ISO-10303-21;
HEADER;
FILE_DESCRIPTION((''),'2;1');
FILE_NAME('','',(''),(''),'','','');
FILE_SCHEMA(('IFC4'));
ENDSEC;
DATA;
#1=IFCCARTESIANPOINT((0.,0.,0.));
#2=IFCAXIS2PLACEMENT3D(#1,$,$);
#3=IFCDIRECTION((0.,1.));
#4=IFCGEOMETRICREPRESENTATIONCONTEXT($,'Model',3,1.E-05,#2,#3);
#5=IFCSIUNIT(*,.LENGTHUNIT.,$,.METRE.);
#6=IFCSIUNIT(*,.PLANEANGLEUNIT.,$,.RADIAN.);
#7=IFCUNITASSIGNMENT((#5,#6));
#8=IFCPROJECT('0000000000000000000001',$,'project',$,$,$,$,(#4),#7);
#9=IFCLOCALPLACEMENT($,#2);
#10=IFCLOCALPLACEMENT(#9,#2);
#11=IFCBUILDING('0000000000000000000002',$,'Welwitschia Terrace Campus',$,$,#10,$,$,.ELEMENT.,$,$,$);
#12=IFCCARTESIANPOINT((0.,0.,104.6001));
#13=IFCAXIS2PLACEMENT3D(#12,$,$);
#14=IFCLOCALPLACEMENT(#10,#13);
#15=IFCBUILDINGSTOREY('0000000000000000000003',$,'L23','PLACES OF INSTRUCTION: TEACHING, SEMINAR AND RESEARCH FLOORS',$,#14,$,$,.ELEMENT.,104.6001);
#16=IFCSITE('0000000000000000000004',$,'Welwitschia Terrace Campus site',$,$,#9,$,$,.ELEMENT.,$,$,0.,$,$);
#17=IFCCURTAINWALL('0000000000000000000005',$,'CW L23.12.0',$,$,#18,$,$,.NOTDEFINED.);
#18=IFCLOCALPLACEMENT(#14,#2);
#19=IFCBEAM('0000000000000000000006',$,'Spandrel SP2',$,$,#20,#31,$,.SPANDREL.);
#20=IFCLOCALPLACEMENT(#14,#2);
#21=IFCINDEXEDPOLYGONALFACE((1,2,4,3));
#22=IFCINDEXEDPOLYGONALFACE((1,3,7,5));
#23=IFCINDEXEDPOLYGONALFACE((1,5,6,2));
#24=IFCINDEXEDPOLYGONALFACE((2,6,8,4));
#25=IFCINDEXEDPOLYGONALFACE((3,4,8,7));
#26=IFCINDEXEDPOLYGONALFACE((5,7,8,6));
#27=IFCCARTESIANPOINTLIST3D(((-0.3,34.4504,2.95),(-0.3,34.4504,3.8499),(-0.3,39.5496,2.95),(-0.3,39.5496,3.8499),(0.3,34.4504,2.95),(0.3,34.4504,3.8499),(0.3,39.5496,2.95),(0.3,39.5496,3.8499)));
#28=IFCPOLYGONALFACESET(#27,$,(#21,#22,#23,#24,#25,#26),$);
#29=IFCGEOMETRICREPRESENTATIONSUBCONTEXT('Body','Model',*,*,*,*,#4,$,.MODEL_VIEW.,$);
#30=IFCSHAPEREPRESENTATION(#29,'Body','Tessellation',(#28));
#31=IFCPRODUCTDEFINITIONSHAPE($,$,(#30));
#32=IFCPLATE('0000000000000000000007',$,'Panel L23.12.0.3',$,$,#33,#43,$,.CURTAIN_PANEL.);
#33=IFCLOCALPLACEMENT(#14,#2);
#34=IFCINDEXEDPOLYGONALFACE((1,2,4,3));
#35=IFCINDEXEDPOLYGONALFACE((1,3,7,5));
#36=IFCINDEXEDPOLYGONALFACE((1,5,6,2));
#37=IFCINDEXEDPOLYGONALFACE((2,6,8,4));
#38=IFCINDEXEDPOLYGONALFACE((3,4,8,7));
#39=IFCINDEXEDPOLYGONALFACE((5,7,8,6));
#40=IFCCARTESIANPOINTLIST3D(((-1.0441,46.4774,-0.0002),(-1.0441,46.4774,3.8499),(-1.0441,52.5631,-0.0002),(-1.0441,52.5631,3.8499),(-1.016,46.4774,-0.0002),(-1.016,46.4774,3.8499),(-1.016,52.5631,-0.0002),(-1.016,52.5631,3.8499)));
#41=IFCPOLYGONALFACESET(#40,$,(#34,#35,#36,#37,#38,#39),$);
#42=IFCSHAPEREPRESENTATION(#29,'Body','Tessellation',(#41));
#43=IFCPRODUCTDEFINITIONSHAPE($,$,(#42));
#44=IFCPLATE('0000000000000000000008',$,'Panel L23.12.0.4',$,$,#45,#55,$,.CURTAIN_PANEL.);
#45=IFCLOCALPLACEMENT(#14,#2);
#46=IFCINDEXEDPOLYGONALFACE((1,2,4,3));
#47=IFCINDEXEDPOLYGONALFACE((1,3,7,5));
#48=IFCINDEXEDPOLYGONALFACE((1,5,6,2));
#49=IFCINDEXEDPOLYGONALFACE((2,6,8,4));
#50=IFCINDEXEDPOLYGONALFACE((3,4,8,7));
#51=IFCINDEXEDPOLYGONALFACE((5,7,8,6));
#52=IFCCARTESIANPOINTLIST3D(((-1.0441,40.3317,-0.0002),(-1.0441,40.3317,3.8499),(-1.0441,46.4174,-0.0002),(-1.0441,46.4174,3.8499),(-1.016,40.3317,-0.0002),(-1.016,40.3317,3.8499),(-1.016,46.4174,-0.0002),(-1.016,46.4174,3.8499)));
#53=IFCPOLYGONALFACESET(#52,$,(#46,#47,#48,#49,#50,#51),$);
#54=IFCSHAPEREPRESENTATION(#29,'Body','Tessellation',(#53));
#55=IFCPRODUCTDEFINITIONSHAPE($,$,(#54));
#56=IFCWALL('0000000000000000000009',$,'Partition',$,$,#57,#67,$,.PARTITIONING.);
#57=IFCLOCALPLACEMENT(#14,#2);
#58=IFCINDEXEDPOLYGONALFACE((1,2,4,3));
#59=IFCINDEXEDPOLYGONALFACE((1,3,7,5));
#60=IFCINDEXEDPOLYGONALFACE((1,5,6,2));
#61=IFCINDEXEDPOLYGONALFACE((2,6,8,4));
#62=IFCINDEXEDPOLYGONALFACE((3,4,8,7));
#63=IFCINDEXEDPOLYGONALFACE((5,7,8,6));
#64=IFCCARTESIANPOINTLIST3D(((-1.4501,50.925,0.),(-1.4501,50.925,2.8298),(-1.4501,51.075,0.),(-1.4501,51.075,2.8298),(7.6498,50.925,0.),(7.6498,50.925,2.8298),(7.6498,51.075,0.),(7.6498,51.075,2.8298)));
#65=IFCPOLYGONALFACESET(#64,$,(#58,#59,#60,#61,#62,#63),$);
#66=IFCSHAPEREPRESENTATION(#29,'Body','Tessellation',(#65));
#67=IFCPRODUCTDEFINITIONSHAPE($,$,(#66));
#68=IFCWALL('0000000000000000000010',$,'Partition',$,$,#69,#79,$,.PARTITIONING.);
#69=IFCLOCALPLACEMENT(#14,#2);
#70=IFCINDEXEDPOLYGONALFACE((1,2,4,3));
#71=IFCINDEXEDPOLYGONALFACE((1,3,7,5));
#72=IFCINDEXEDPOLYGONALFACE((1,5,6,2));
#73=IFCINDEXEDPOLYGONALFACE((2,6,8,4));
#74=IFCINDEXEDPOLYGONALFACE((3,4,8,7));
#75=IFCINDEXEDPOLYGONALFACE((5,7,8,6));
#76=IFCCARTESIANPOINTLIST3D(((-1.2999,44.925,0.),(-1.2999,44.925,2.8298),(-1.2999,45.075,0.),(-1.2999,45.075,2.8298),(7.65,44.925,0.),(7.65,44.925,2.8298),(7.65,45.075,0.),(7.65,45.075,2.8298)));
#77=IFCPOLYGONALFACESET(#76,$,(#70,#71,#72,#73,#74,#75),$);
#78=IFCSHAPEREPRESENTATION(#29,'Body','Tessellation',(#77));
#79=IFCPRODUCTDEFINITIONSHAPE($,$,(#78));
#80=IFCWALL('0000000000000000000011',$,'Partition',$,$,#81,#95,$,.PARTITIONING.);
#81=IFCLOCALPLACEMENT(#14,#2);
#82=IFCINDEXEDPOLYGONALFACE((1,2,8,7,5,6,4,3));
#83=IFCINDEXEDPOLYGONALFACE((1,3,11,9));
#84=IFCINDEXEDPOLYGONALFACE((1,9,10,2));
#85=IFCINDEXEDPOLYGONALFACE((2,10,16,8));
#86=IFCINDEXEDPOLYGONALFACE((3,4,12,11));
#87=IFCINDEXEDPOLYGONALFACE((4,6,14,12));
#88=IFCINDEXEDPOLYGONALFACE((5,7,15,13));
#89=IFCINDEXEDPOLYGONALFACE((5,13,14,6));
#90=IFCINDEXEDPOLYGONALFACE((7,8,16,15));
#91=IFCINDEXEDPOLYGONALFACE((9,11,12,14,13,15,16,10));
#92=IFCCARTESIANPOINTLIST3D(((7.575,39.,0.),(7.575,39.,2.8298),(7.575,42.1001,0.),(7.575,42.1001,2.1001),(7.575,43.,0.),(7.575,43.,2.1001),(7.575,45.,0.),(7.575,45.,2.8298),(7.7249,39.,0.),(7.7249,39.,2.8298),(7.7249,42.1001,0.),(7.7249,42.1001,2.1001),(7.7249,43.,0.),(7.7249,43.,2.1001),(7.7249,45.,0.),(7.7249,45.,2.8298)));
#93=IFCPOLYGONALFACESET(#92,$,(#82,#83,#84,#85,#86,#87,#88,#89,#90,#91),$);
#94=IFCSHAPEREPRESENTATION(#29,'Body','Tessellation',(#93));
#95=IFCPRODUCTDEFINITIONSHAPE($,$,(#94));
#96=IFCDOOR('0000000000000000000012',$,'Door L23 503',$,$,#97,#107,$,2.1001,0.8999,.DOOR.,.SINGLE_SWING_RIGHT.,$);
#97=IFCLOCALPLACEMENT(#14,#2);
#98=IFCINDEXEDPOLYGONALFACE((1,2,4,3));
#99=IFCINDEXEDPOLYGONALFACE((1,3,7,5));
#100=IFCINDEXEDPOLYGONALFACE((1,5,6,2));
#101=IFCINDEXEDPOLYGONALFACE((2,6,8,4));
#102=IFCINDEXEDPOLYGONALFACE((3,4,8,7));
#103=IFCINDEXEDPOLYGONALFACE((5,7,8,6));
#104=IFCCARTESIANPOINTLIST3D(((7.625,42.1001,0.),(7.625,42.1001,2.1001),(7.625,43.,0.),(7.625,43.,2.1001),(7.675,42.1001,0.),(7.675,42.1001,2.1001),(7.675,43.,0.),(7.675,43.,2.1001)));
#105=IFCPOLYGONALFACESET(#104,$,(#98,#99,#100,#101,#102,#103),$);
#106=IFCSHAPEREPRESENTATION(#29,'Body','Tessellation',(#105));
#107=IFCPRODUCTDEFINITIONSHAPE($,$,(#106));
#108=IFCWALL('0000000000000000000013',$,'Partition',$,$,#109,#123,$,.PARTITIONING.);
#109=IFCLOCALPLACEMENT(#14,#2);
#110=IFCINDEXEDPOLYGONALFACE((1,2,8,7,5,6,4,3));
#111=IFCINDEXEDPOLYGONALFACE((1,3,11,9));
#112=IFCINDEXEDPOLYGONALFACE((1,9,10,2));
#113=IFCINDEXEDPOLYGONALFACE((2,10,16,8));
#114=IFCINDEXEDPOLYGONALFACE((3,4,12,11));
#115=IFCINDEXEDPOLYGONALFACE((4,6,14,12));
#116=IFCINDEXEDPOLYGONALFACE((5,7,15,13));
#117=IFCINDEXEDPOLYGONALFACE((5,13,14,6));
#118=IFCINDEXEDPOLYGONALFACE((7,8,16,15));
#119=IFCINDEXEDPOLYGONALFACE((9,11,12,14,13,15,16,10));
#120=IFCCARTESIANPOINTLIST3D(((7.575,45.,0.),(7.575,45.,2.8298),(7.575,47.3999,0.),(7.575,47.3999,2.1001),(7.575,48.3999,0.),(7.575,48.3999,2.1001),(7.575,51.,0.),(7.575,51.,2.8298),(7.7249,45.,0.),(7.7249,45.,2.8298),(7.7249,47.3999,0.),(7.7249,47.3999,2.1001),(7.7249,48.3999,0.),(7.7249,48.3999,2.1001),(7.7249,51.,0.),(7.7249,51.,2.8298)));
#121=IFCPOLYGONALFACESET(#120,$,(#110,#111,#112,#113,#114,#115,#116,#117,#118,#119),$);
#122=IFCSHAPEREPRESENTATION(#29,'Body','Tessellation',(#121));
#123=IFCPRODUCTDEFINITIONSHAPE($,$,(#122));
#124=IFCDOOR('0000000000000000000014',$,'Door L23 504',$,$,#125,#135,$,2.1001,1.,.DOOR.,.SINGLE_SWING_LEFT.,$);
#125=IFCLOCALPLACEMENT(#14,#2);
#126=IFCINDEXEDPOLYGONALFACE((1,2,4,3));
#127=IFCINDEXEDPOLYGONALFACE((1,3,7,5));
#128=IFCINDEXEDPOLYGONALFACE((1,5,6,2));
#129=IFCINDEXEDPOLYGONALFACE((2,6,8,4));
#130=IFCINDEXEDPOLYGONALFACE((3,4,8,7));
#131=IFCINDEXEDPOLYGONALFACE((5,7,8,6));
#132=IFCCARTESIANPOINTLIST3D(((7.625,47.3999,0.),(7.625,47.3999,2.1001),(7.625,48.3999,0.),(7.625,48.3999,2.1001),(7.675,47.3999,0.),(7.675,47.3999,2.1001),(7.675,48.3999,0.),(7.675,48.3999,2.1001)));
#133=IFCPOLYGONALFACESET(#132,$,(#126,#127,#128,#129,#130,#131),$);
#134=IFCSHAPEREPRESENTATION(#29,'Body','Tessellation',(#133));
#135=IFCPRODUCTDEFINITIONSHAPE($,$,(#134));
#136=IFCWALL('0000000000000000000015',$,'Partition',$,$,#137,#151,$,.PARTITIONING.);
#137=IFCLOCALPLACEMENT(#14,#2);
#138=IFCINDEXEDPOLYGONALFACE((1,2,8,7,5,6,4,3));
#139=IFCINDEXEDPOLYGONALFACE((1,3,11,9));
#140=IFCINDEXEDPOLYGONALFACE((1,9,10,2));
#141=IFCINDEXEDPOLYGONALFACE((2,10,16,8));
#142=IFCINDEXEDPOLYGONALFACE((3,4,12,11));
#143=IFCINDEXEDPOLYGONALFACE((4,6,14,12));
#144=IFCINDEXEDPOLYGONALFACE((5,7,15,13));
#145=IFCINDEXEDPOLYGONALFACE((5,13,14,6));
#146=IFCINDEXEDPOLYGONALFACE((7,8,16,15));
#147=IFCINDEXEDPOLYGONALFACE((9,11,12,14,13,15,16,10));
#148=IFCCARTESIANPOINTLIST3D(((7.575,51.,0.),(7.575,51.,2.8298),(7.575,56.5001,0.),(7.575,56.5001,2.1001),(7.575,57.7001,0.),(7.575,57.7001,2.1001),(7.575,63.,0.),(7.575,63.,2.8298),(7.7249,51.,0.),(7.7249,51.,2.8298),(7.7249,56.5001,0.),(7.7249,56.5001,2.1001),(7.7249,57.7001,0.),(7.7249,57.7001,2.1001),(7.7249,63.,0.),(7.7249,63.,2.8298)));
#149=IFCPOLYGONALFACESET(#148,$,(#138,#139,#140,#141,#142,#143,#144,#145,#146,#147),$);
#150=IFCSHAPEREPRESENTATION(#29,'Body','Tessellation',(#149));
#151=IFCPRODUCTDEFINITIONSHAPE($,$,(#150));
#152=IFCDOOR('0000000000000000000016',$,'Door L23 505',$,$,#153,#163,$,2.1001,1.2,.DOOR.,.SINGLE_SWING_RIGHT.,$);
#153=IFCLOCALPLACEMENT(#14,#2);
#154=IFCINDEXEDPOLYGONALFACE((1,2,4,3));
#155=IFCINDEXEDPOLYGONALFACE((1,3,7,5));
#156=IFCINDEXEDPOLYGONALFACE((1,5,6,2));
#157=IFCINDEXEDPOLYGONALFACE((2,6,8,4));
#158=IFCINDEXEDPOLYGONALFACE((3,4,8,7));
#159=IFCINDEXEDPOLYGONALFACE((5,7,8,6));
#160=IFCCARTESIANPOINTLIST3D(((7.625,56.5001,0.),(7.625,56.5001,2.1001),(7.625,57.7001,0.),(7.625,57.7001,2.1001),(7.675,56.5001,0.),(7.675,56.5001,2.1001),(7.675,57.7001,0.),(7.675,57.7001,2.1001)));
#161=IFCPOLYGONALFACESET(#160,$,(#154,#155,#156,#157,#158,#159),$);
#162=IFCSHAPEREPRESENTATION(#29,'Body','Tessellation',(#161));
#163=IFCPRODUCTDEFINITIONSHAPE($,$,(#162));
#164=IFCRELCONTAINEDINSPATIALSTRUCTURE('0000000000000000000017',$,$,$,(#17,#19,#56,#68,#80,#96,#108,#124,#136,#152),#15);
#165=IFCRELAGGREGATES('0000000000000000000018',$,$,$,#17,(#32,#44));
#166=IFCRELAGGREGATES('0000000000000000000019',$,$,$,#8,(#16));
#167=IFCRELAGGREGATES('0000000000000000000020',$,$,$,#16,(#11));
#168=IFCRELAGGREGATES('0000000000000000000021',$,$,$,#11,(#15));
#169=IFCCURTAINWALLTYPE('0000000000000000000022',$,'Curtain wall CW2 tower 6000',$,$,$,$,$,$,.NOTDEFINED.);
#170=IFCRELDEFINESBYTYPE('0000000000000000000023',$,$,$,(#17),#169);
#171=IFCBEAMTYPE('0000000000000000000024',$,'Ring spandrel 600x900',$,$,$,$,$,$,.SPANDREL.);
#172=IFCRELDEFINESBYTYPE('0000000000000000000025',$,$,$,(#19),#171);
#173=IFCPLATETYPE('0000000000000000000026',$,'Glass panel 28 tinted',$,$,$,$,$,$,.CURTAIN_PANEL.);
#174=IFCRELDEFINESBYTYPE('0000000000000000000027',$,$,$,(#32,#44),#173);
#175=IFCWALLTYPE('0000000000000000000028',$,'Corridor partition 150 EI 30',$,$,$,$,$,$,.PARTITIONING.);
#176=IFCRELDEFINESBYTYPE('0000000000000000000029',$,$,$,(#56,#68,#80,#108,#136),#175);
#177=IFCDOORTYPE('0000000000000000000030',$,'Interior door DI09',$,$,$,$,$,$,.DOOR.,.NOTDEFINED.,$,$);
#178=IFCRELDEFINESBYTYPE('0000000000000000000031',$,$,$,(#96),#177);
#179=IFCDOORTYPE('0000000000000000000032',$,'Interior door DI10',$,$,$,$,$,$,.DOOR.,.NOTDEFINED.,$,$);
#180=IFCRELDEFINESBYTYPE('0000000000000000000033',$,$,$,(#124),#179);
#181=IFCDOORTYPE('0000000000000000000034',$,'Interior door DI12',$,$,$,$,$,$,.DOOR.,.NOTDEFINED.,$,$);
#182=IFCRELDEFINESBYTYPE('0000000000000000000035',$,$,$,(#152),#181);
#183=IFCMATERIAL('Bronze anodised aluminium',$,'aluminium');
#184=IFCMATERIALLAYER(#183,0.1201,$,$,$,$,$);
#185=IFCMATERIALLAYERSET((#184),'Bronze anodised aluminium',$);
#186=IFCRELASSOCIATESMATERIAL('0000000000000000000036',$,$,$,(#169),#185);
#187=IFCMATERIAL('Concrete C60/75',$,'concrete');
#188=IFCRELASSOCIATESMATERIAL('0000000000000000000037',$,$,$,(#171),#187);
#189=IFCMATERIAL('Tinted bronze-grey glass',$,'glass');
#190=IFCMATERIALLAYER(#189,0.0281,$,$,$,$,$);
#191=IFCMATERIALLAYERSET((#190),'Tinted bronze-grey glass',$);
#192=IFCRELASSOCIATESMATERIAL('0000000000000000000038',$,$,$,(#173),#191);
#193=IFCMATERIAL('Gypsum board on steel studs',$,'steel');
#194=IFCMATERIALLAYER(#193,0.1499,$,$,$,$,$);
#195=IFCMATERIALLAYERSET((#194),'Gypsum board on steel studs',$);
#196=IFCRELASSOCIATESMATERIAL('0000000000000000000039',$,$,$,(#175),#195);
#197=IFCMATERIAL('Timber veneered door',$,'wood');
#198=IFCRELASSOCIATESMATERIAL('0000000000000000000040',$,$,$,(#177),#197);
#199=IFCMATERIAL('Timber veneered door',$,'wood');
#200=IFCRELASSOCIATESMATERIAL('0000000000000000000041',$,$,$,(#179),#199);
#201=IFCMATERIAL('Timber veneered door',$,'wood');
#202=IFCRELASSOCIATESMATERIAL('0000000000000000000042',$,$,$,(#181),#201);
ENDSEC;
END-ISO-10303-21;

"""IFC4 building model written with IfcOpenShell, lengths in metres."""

from ifc_helpers import new_model, si_unit, direction, frame, frame_2d, origin, origin_2d, place, context, subcontext, project, spatial, rectangle, extrude, material, layer, layer_set, material_profile, profile_set, type_object, element, fill, aggregate, save


model = new_model("IFC4")

# Units and contexts
model_context = context("Model", 3, precision=1e-05, world=origin(), true_north=direction((0.0, 1.0)))
body_context = subcontext(model_context, "Body", "Model", "MODEL_VIEW")
ifc_project = project(units=[si_unit("LENGTHUNIT", "METRE"), si_unit("PLANEANGLEUNIT", "RADIAN")], contexts=[model_context])

# Site, building, storey
site_placement = place(None, origin())
site = spatial("IfcSite", under=ifc_project, at=site_placement, Name="Welwitschia Terrace Campus site", CompositionType="ELEMENT", RefElevation=0.0)
building_placement = place(site_placement, origin())
building = spatial("IfcBuilding", under=site, at=building_placement, Name="Welwitschia Terrace Campus", CompositionType="ELEMENT")
storey_placement = place(building_placement, frame((0.0, 0.0, 104.6001)))
storey = spatial("IfcBuildingStorey", under=building, at=storey_placement, Name="L23", Description="PLACES OF INSTRUCTION: TEACHING, SEMINAR AND RESEARCH FLOORS", CompositionType="ELEMENT", Elevation=104.6001)

# Curtain wall
ifc_material_1 = material(Name="Bronze anodised aluminium", Category="aluminium")
ifc_layer_1 = layer(ifc_material_1, 0.1201)
ifc_layer_set_1 = layer_set([ifc_layer_1], Name="Bronze anodised aluminium")
curtain_wall_type = type_object("IfcCurtainWallType", Name="Curtain wall CW2 tower 6000", PredefinedType="NOTDEFINED", material=ifc_layer_set_1)
curtain_wall_placement = place(storey_placement, origin())
curtain_wall = element("IfcCurtainWall", 1, at=curtain_wall_placement, inside=storey, type_object=curtain_wall_type, Name="CW L23.12.0", PredefinedType="NOTDEFINED")

# Beam
ifc_material_2 = material(Name="Concrete C60/75", Category="concrete")
ifc_material_profile_1 = material_profile(ifc_material_2, rectangle(XDim=0.6001, YDim=0.8999, at=origin_2d()))
ifc_profile_set_1 = profile_set([ifc_material_profile_1], Name="Concrete C60/75")
beam_type_1 = type_object("IfcBeamType", Name="Ring spandrel 600x900", PredefinedType="SPANDREL", material=ifc_profile_set_1)
for number, where, z_axis, x_axis, name in (
    (2, (0.0, 39.5496, 3.3999), (0.0, -1.0, 0.0), (1.0, 0.0, 0.0), "Spandrel SP2"),
):
    element("IfcBeam", number, at=place(storey_placement, frame(where, z_axis=z_axis, x_axis=x_axis)), inside=storey, type_object=beam_type_1, Name=name, PredefinedType="SPANDREL", context=body_context, shape_type="SweptSolid", body=[
        extrude(rectangle(XDim=0.6001, YDim=0.8999, at=origin_2d()), origin(), (0.0, 0.0, 1.0), 5.0991),
    ])

# Plates
ifc_material_3 = material(Name="Tinted bronze-grey glass", Category="glass")
ifc_layer_2 = layer(ifc_material_3, 0.0281)
ifc_layer_set_2 = layer_set([ifc_layer_2], Name="Tinted bronze-grey glass")
plate_type = type_object("IfcPlateType", Name="Glass panel 28 tinted", PredefinedType="CURTAIN_PANEL", material=ifc_layer_set_2)
plate_1_placement = place(storey_placement, frame((-1.03, 49.5203, -0.0002), z_axis=(0.0, 0.0, 1.0), x_axis=(0.0, -1.0, 0.0)))
plate_1 = element("IfcPlate", 3, at=plate_1_placement, type_object=plate_type, Name="Panel L23.12.0.3", PredefinedType="CURTAIN_PANEL", context=body_context, shape_type="SweptSolid", body=[
    extrude(rectangle(XDim=6.0857, YDim=0.0281, at=origin_2d()), origin(), (0.0, 0.0, 1.0), 3.8501),
])
plate_2_placement = place(storey_placement, frame((-1.03, 43.3745, -0.0002), z_axis=(0.0, 0.0, 1.0), x_axis=(0.0, -1.0, 0.0)))
plate_2 = element("IfcPlate", 4, at=plate_2_placement, type_object=plate_type, Name="Panel L23.12.0.4", PredefinedType="CURTAIN_PANEL", context=body_context, shape_type="SweptSolid", body=[
    extrude(rectangle(XDim=6.0857, YDim=0.0281, at=origin_2d()), origin(), (0.0, 0.0, 1.0), 3.8501),
])
aggregate(curtain_wall, [plate_1, plate_2])

# Walls
ifc_material_4 = material(Name="Gypsum board on steel studs", Category="steel")
ifc_layer_3 = layer(ifc_material_4, 0.1499)
ifc_layer_set_3 = layer_set([ifc_layer_3], Name="Gypsum board on steel studs")
wall_type = type_object("IfcWallType", Name="Corridor partition 150 EI 30", PredefinedType="PARTITIONING", material=ifc_layer_set_3)
wall_1_placement = place(storey_placement, frame((-1.45, 51.0, 0.0), z_axis=(0.0, 0.0, 1.0), x_axis=(1.0, 0.0, 0.0)))
element("IfcWall", 5, at=wall_1_placement, inside=storey, type_object=wall_type, Name="Partition", PredefinedType="PARTITIONING", context=body_context, shape_type="SweptSolid", body=[
    extrude(rectangle(XDim=9.0999, YDim=0.1499, at=frame_2d((4.5498, 0.0))), origin(), (0.0, 0.0, 1.0), 2.8298),
])
wall_2_placement = place(storey_placement, frame((-1.3, 45.0, 0.0), z_axis=(0.0, 0.0, 1.0), x_axis=(1.0, 0.0, 0.0)))
element("IfcWall", 6, at=wall_2_placement, inside=storey, type_object=wall_type, Name="Partition", PredefinedType="PARTITIONING", context=body_context, shape_type="SweptSolid", body=[
    extrude(rectangle(XDim=8.95, YDim=0.1499, at=frame_2d((4.4751, 0.0))), origin(), (0.0, 0.0, 1.0), 2.8298),
])

# Walls, openings, doors
wall_3_placement = place(storey_placement, frame((7.6499, 39.0, 0.0), z_axis=(0.0, 0.0, 1.0), x_axis=(0.0, 1.0, 0.0)))
wall_3 = element("IfcWall", 7, at=wall_3_placement, inside=storey, type_object=wall_type, Name="Partition", PredefinedType="PARTITIONING", context=body_context, shape_type="SweptSolid", body=[
    extrude(rectangle(XDim=6.0, YDim=0.1499, at=frame_2d((3.0, 0.0))), origin(), (0.0, 0.0, 1.0), 2.8298),
])
opening_1_placement = place(wall_3_placement, frame((3.1001, 0.0, 0.0)))
opening_1 = element("IfcOpeningElement", 8, at=opening_1_placement, cuts=wall_3, PredefinedType="OPENING", context=body_context, shape_type="SweptSolid", body=[
    extrude(rectangle(XDim=0.8999, YDim=2.1001, at=frame_2d((0.45, 1.05))), frame((0.0, 0.085, 0.0), z_axis=(0.0, -1.0, 0.0), x_axis=(1.0, 0.0, 0.0)), (0.0, 0.0, 1.0), 0.1699),
])
ifc_material_5 = material(Name="Timber veneered door", Category="wood")
door_type_1 = type_object("IfcDoorType", Name="Interior door DI09", OperationType="NOTDEFINED", PredefinedType="DOOR", material=ifc_material_5)
door_1_placement = place(opening_1_placement, origin())
door_1 = element("IfcDoor", 9, at=door_1_placement, inside=storey, type_object=door_type_1, Name="Door L23 503", OperationType="SINGLE_SWING_RIGHT", OverallHeight=2.1001, OverallWidth=0.8999, PredefinedType="DOOR", context=body_context, shape_type="SweptSolid", body=[
    extrude(rectangle(XDim=0.8999, YDim=2.1001, at=frame_2d((0.45, 1.05))), frame((0.0, 0.0249, 0.0), z_axis=(0.0, -1.0, 0.0), x_axis=(1.0, 0.0, 0.0)), (0.0, 0.0, 1.0), 0.05),
])
fill(opening_1, door_1)
wall_4_placement = place(storey_placement, frame((7.6499, 45.0, 0.0), z_axis=(0.0, 0.0, 1.0), x_axis=(0.0, 1.0, 0.0)))
wall_4 = element("IfcWall", 10, at=wall_4_placement, inside=storey, type_object=wall_type, Name="Partition", PredefinedType="PARTITIONING", context=body_context, shape_type="SweptSolid", body=[
    extrude(rectangle(XDim=6.0, YDim=0.1499, at=frame_2d((3.0, 0.0))), origin(), (0.0, 0.0, 1.0), 2.8298),
])
opening_2_placement = place(wall_4_placement, frame((2.3999, 0.0, 0.0)))
opening_2 = element("IfcOpeningElement", 11, at=opening_2_placement, cuts=wall_4, PredefinedType="OPENING", context=body_context, shape_type="SweptSolid", body=[
    extrude(rectangle(XDim=1.0, YDim=2.1001, at=frame_2d((0.5, 1.05))), frame((0.0, 0.085, 0.0), z_axis=(0.0, -1.0, 0.0), x_axis=(1.0, 0.0, 0.0)), (0.0, 0.0, 1.0), 0.1699),
])
ifc_material_6 = material(Name="Timber veneered door", Category="wood")
door_type_2 = type_object("IfcDoorType", Name="Interior door DI10", OperationType="NOTDEFINED", PredefinedType="DOOR", material=ifc_material_6)
door_2_placement = place(opening_2_placement, origin())
door_2 = element("IfcDoor", 12, at=door_2_placement, inside=storey, type_object=door_type_2, Name="Door L23 504", OperationType="SINGLE_SWING_LEFT", OverallHeight=2.1001, OverallWidth=1.0, PredefinedType="DOOR", context=body_context, shape_type="SweptSolid", body=[
    extrude(rectangle(XDim=1.0, YDim=2.1001, at=frame_2d((0.5, 1.05))), frame((0.0, 0.0249, 0.0), z_axis=(0.0, -1.0, 0.0), x_axis=(1.0, 0.0, 0.0)), (0.0, 0.0, 1.0), 0.05),
])
fill(opening_2, door_2)
wall_5_placement = place(storey_placement, frame((7.6499, 51.0, 0.0), z_axis=(0.0, 0.0, 1.0), x_axis=(0.0, 1.0, 0.0)))
wall_5 = element("IfcWall", 13, at=wall_5_placement, inside=storey, type_object=wall_type, Name="Partition", PredefinedType="PARTITIONING", context=body_context, shape_type="SweptSolid", body=[
    extrude(rectangle(XDim=12.0, YDim=0.1499, at=frame_2d((6.0, 0.0))), origin(), (0.0, 0.0, 1.0), 2.8298),
])
opening_3_placement = place(wall_5_placement, frame((5.5, 0.0, 0.0)))
opening_3 = element("IfcOpeningElement", 14, at=opening_3_placement, cuts=wall_5, PredefinedType="OPENING", context=body_context, shape_type="SweptSolid", body=[
    extrude(rectangle(XDim=1.2, YDim=2.1001, at=frame_2d((0.6001, 1.05))), frame((0.0, 0.085, 0.0), z_axis=(0.0, -1.0, 0.0), x_axis=(1.0, 0.0, 0.0)), (0.0, 0.0, 1.0), 0.1699),
])
ifc_material_7 = material(Name="Timber veneered door", Category="wood")
door_type_3 = type_object("IfcDoorType", Name="Interior door DI12", OperationType="NOTDEFINED", PredefinedType="DOOR", material=ifc_material_7)
door_3_placement = place(opening_3_placement, origin())
door_3 = element("IfcDoor", 15, at=door_3_placement, inside=storey, type_object=door_type_3, Name="Door L23 505", OperationType="SINGLE_SWING_RIGHT", OverallHeight=2.1001, OverallWidth=1.2, PredefinedType="DOOR", context=body_context, shape_type="SweptSolid", body=[
    extrude(rectangle(XDim=1.2, YDim=2.1001, at=frame_2d((0.6001, 1.05))), frame((0.0, 0.0249, 0.0), z_axis=(0.0, -1.0, 0.0), x_axis=(1.0, 0.0, 0.0)), (0.0, 0.0, 1.0), 0.05),
])
fill(opening_3, door_3)

save(model, "model.ifc")
